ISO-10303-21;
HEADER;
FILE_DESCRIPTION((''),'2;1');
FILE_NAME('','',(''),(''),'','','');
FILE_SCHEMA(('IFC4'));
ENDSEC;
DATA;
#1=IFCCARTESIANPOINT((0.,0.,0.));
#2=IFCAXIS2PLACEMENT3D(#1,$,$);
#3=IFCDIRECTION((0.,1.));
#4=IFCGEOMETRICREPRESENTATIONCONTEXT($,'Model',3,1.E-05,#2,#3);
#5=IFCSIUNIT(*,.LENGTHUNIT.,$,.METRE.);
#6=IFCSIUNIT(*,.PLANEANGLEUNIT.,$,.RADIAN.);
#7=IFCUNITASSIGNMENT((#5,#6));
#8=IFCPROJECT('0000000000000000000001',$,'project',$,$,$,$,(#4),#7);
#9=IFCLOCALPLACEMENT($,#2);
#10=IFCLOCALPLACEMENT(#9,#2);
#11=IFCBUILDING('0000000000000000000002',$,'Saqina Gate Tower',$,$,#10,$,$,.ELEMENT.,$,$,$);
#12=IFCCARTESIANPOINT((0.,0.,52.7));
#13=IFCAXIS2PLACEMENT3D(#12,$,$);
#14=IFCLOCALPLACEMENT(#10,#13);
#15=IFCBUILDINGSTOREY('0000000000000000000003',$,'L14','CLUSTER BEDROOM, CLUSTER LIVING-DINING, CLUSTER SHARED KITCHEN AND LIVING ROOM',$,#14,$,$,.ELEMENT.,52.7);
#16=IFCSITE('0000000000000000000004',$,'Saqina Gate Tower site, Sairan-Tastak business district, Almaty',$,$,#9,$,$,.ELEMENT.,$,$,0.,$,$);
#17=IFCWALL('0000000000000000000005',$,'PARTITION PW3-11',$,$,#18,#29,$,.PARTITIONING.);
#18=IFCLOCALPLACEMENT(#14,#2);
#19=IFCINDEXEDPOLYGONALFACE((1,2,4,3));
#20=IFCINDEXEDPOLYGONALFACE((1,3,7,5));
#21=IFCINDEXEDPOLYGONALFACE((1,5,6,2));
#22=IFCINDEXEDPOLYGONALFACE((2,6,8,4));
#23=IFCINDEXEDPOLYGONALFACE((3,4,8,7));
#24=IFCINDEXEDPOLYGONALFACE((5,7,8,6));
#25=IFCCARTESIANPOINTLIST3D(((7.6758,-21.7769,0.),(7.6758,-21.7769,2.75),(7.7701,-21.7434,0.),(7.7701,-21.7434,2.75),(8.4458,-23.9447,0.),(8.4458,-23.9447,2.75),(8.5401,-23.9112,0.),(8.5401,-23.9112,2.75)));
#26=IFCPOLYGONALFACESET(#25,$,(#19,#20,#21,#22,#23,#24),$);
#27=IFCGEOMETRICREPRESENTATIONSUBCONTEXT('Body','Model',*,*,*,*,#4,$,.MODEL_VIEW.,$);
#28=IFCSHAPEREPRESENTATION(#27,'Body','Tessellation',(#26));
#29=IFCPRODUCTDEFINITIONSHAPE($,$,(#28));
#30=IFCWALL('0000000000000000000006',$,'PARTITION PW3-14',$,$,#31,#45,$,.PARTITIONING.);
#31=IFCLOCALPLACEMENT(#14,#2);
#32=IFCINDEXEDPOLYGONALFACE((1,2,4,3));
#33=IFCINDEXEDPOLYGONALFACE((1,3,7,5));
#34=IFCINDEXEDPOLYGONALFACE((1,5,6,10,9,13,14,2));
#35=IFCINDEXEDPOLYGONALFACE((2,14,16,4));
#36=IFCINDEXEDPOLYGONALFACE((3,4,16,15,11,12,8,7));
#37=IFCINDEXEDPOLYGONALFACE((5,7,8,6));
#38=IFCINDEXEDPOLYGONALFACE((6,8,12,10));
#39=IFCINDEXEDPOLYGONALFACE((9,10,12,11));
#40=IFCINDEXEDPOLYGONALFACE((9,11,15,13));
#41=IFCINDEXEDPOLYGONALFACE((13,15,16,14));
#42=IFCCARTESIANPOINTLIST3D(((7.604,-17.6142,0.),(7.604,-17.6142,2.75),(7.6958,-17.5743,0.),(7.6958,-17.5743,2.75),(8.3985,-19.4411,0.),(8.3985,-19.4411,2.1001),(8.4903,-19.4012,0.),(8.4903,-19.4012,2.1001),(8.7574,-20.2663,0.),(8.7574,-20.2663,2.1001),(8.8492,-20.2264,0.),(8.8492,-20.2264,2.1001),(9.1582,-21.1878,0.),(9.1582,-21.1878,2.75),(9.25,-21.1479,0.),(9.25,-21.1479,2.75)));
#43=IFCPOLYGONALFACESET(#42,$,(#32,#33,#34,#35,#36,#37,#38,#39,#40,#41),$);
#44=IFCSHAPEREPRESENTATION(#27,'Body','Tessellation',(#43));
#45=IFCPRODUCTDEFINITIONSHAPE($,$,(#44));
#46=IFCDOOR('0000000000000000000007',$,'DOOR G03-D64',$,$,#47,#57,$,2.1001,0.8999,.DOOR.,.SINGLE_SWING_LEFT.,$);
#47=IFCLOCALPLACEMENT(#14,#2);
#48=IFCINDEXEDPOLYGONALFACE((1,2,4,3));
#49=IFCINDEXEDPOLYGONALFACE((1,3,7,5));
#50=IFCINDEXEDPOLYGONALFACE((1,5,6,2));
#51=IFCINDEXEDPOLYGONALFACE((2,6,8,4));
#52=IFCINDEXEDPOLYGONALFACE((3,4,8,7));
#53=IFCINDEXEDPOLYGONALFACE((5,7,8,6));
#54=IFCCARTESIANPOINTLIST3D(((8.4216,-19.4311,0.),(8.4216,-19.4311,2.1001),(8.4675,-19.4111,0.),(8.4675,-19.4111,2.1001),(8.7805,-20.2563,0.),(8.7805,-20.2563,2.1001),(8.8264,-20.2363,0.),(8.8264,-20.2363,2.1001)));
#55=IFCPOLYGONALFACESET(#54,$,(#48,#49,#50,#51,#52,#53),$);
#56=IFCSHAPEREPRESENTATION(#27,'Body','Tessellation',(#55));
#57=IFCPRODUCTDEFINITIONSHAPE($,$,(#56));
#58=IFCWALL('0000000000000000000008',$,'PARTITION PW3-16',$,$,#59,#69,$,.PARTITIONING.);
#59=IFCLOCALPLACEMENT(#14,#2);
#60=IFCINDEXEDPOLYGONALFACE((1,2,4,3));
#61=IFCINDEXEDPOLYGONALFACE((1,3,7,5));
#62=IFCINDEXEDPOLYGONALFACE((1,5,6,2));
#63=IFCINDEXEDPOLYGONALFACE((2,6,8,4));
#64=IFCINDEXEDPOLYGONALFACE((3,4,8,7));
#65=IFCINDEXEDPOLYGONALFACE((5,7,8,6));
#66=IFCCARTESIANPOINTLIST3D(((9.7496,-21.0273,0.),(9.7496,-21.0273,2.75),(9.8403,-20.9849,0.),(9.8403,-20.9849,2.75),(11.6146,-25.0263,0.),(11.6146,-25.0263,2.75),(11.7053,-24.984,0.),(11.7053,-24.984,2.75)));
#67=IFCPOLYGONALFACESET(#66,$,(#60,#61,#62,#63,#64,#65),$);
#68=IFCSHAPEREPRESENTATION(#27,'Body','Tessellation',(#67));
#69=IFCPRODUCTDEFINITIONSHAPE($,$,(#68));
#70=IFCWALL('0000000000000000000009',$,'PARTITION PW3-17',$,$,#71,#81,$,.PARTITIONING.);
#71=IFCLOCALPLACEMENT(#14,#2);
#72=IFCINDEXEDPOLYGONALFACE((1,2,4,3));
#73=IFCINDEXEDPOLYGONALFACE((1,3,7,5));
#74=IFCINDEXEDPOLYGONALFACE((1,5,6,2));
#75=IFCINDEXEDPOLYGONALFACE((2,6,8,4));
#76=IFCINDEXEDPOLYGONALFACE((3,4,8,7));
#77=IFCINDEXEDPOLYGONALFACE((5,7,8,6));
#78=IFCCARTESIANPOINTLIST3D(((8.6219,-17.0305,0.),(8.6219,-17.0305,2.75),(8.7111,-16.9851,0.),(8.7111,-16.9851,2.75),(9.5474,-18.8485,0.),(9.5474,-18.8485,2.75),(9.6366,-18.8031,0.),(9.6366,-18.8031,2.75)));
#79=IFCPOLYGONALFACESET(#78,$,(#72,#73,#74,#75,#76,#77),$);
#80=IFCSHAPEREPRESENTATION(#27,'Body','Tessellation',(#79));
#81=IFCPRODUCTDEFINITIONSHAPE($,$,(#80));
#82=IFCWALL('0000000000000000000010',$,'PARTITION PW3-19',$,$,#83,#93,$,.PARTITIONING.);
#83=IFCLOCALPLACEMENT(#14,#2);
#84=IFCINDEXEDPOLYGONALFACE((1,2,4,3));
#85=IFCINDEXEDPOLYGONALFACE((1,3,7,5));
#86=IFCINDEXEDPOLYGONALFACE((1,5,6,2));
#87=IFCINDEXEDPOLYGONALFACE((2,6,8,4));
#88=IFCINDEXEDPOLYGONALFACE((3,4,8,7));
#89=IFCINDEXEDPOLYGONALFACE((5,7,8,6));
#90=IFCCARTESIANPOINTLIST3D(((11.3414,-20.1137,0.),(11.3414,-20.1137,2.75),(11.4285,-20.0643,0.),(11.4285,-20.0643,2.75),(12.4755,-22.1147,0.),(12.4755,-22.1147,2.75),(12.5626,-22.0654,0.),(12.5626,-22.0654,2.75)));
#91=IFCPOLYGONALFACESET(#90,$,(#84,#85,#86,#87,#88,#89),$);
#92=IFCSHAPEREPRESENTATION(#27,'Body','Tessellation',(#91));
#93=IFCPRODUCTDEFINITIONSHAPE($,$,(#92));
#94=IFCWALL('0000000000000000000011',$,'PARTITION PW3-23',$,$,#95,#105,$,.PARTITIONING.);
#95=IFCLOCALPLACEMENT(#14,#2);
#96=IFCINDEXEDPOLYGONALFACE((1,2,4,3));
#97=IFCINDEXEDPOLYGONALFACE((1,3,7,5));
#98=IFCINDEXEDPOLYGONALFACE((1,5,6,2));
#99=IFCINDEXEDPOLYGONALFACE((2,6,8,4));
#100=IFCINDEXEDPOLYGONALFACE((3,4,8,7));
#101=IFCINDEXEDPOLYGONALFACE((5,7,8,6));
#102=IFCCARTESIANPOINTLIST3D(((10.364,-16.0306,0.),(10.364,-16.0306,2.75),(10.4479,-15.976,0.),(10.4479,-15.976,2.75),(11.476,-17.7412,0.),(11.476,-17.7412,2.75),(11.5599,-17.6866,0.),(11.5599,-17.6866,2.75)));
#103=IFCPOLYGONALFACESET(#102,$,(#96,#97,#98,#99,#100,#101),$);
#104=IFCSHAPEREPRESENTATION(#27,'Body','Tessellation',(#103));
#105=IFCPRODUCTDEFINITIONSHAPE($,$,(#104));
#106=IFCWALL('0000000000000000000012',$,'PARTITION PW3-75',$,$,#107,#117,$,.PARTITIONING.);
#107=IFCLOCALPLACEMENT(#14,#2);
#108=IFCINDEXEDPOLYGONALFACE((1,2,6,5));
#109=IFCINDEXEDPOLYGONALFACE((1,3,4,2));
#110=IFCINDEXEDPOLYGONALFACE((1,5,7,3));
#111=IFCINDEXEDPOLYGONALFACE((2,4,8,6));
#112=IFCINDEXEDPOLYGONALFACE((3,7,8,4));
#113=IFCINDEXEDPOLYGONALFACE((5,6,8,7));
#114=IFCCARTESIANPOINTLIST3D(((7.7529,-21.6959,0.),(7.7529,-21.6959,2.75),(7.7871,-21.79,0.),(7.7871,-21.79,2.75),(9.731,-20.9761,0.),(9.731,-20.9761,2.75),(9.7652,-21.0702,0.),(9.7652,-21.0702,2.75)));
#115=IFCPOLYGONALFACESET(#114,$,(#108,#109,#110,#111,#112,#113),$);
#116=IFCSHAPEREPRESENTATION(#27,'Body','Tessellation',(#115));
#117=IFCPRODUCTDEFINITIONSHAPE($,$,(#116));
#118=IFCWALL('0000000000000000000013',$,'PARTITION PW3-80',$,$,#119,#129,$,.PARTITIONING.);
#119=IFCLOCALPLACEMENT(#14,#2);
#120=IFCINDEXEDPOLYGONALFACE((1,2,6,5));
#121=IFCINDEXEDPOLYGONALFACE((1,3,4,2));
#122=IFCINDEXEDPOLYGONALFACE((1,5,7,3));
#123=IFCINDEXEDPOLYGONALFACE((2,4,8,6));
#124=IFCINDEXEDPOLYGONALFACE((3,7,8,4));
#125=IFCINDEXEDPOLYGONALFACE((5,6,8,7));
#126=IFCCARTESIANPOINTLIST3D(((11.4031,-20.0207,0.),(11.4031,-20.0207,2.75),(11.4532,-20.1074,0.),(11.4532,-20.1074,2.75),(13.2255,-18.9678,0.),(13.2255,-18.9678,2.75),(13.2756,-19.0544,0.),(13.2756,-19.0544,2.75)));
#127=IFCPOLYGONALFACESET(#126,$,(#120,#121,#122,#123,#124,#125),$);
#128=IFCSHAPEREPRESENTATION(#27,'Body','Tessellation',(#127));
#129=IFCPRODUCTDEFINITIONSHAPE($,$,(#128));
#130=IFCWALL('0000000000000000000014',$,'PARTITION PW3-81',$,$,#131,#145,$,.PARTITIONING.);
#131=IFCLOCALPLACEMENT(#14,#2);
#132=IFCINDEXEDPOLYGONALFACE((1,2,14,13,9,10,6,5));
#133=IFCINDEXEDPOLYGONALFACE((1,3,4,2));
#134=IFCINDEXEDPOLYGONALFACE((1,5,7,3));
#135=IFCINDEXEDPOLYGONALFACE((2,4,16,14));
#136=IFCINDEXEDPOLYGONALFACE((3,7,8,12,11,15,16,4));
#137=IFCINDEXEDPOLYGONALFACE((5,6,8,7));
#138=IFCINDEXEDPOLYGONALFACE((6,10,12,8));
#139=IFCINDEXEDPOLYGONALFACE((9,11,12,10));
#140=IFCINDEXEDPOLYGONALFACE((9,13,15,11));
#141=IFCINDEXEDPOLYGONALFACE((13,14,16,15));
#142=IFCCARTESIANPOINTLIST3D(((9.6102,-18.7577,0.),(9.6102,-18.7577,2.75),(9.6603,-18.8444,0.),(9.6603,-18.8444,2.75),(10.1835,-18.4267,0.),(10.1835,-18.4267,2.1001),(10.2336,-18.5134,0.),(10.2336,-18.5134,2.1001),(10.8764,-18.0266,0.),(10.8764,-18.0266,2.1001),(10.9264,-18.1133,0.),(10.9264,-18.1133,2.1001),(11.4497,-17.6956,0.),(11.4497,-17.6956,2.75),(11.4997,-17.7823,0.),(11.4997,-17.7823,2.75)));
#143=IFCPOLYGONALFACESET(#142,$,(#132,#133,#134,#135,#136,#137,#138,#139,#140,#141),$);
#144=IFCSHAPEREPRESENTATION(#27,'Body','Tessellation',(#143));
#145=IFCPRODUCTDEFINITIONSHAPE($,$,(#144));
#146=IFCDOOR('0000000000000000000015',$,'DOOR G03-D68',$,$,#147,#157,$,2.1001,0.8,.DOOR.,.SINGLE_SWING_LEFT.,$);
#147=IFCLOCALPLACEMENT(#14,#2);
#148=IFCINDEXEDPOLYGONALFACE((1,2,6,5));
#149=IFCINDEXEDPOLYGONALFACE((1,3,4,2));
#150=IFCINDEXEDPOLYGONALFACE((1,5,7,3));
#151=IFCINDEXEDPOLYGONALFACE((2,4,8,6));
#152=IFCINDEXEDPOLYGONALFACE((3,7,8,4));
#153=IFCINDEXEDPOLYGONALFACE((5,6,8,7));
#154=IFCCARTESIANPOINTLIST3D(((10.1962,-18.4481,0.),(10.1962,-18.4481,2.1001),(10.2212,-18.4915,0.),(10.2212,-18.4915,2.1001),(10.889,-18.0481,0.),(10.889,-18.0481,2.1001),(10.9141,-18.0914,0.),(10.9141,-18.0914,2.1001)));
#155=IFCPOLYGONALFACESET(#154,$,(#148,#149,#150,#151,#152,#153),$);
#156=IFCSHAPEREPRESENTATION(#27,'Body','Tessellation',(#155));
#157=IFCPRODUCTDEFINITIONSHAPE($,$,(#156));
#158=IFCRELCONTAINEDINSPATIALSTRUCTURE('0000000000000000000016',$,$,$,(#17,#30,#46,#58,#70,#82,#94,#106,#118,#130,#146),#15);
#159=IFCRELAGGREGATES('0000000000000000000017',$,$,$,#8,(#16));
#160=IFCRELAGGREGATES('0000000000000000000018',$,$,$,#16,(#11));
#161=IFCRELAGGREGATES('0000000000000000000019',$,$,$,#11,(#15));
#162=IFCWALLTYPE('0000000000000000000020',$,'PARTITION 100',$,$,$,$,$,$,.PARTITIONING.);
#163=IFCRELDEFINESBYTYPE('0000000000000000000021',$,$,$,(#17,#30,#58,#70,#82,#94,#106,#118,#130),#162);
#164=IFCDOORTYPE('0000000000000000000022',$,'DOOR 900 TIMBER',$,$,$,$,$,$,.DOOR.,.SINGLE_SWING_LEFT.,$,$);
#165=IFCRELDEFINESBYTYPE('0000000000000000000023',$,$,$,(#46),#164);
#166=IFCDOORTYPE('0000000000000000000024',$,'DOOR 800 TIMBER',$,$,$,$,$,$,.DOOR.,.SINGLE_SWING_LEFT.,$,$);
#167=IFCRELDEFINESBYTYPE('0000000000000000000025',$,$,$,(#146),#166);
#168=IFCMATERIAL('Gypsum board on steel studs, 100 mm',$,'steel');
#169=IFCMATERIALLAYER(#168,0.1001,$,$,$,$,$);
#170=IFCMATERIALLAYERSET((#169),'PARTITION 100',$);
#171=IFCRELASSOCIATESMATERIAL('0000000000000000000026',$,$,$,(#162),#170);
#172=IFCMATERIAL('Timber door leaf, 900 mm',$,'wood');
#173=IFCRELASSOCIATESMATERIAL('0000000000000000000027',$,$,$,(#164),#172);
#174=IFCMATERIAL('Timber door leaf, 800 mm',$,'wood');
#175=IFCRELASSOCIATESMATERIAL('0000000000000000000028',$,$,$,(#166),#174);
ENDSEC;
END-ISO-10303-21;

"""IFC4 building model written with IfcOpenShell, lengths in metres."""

from ifc_helpers import new_model, si_unit, direction, frame, frame_2d, origin, place, context, subcontext, project, spatial, rectangle, extrude, material, layer, layer_set, type_object, element, fill, save


model = new_model("IFC4")

# Units and contexts
model_context = context("Model", 3, precision=1e-05, world=origin(), true_north=direction((0.0, 1.0)))
body_context = subcontext(model_context, "Body", "Model", "MODEL_VIEW")
ifc_project = project(units=[si_unit("LENGTHUNIT", "METRE"), si_unit("PLANEANGLEUNIT", "RADIAN")], contexts=[model_context])

# Site, building, storey
site_placement = place(None, origin())
site = spatial("IfcSite", under=ifc_project, at=site_placement, Name="Saqina Gate Tower site, Sairan-Tastak business district, Almaty", CompositionType="ELEMENT", RefElevation=0.0)
building_placement = place(site_placement, origin())
building = spatial("IfcBuilding", under=site, at=building_placement, Name="Saqina Gate Tower", CompositionType="ELEMENT")
storey_placement = place(building_placement, frame((0.0, 0.0, 52.7)))
storey = spatial("IfcBuildingStorey", under=building, at=storey_placement, Name="L14", Description="CLUSTER BEDROOM, CLUSTER LIVING-DINING, CLUSTER SHARED KITCHEN AND LIVING ROOM", CompositionType="ELEMENT", Elevation=52.7)

# Wall
ifc_material_1 = material(Name="Gypsum board on steel studs, 100 mm", Category="steel")
ifc_layer_1 = layer(ifc_material_1, 0.1001)
ifc_layer_set_1 = layer_set([ifc_layer_1], Name="PARTITION 100")
wall_type_1 = type_object("IfcWallType", Name="PARTITION 100", PredefinedType="PARTITIONING", material=ifc_layer_set_1)
wall_1_placement = place(storey_placement, frame((7.7229, -21.76, 0.0), z_axis=(0.0, 0.0, 1.0), x_axis=(0.334696, -0.942326, 0.0)))
element("IfcWall", 1, at=wall_1_placement, inside=storey, type_object=wall_type_1, Name="PARTITION PW3-11", PredefinedType="PARTITIONING", context=body_context, shape_type="SweptSolid", body=[
    extrude(rectangle(XDim=2.3005, YDim=0.1001, at=frame_2d((1.1504, 0.0))), origin(), (0.0, 0.0, 1.0), 2.75),
])

# Wall, opening, door
wall_2_placement = place(storey_placement, frame((7.6499, -17.5942, 0.0), z_axis=(0.0, 0.0, 1.0), x_axis=(0.398813, -0.917032, 0.0)))
wall_2 = element("IfcWall", 2, at=wall_2_placement, inside=storey, type_object=wall_type_1, Name="PARTITION PW3-14", PredefinedType="PARTITIONING", context=body_context, shape_type="SweptSolid", body=[
    extrude(rectangle(XDim=3.897, YDim=0.1001, at=frame_2d((1.9485, 0.0))), origin(), (0.0, 0.0, 1.0), 2.75),
])
opening_1_placement = place(wall_2_placement, frame((1.9922, 0.0, 0.0)))
opening_1 = element("IfcOpeningElement", 3, at=opening_1_placement, cuts=wall_2, PredefinedType="OPENING", context=body_context, shape_type="SweptSolid", body=[
    extrude(rectangle(XDim=0.8999, YDim=2.1001, at=frame_2d((0.45, 1.05))), frame((0.0, 0.062, 0.0), z_axis=(0.0, -1.0, 0.0), x_axis=(1.0, 0.0, 0.0)), (0.0, 0.0, 1.0), 0.124),
])
ifc_material_2 = material(Name="Timber door leaf, 900 mm", Category="wood")
door_type_1 = type_object("IfcDoorType", Name="DOOR 900 TIMBER", OperationType="SINGLE_SWING_LEFT", PredefinedType="DOOR", material=ifc_material_2)
door_1_placement = place(opening_1_placement, frame((0.8999, 0.0, 0.0), z_axis=(0.0, 0.0, 1.0), x_axis=(-1.0, 0.0, 0.0)))
door_1 = element("IfcDoor", 4, at=door_1_placement, inside=storey, type_object=door_type_1, Name="DOOR G03-D64", OperationType="SINGLE_SWING_LEFT", OverallHeight=2.1001, OverallWidth=0.8999, PredefinedType="DOOR", context=body_context, shape_type="SweptSolid", body=[
    extrude(rectangle(XDim=0.8999, YDim=2.1001, at=frame_2d((0.45, 1.05))), frame((0.0, 0.0249, 0.0), z_axis=(0.0, -1.0, 0.0), x_axis=(1.0, 0.0, 0.0)), (0.0, 0.0, 1.0), 0.05),
])
fill(opening_1, door_1)

# Walls
wall_3_placement = place(storey_placement, frame((9.7949, -21.0061, 0.0), z_axis=(0.0, 0.0, 1.0), x_axis=(0.422658, -0.906289, 0.0)))
element("IfcWall", 5, at=wall_3_placement, inside=storey, type_object=wall_type_1, Name="PARTITION PW3-16", PredefinedType="PARTITIONING", context=body_context, shape_type="SweptSolid", body=[
    extrude(rectangle(XDim=4.4126, YDim=0.1001, at=frame_2d((2.2063, 0.0))), origin(), (0.0, 0.0, 1.0), 2.75),
])
wall_4_placement = place(storey_placement, frame((8.6665, -17.0078, 0.0), z_axis=(0.0, 0.0, 1.0), x_axis=(0.453664, -0.891173, 0.0)))
element("IfcWall", 6, at=wall_4_placement, inside=storey, type_object=wall_type_1, Name="PARTITION PW3-17", PredefinedType="PARTITIONING", context=body_context, shape_type="SweptSolid", body=[
    extrude(rectangle(XDim=2.04, YDim=0.1001, at=frame_2d((1.02, 0.0))), origin(), (0.0, 0.0, 1.0), 2.75),
])
wall_5_placement = place(storey_placement, frame((11.385, -20.0891, 0.0), z_axis=(0.0, 0.0, 1.0), x_axis=(0.493061, -0.869995, 0.0)))
element("IfcWall", 7, at=wall_5_placement, inside=storey, type_object=wall_type_1, Name="PARTITION PW3-19", PredefinedType="PARTITIONING", context=body_context, shape_type="SweptSolid", body=[
    extrude(rectangle(XDim=2.3, YDim=0.1001, at=frame_2d((1.1499, 0.0))), origin(), (0.0, 0.0, 1.0), 2.75),
])
wall_6_placement = place(storey_placement, frame((10.406, -16.0034, 0.0), z_axis=(0.0, 0.0, 1.0), x_axis=(0.545026, -0.838419, 0.0)))
element("IfcWall", 8, at=wall_6_placement, inside=storey, type_object=wall_type_1, Name="PARTITION PW3-23", PredefinedType="PARTITIONING", context=body_context, shape_type="SweptSolid", body=[
    extrude(rectangle(XDim=2.0403, YDim=0.1001, at=frame_2d((1.02, 0.0))), origin(), (0.0, 0.0, 1.0), 2.75),
])
wall_7_placement = place(storey_placement, frame((7.77, -21.7429, 0.0), z_axis=(0.0, 0.0, 1.0), x_axis=(0.939726, 0.341929, 0.0)))
element("IfcWall", 9, at=wall_7_placement, inside=storey, type_object=wall_type_1, Name="PARTITION PW3-75", PredefinedType="PARTITIONING", context=body_context, shape_type="SweptSolid", body=[
    extrude(rectangle(XDim=2.105, YDim=0.1001, at=frame_2d((1.0525, 0.0))), origin(), (0.0, 0.0, 1.0), 2.75),
])
wall_8_placement = place(storey_placement, frame((11.4282, -20.064, 0.0), z_axis=(0.0, 0.0, 1.0), x_axis=(0.865871, 0.500268, 0.0)))
element("IfcWall", 10, at=wall_8_placement, inside=storey, type_object=wall_type_1, Name="PARTITION PW3-80", PredefinedType="PARTITIONING", context=body_context, shape_type="SweptSolid", body=[
    extrude(rectangle(XDim=2.1047, YDim=0.1001, at=frame_2d((1.0522, 0.0))), origin(), (0.0, 0.0, 1.0), 2.75),
])

# Wall, opening, door
wall_9_placement = place(storey_placement, frame((9.6353, -18.801, 0.0), z_axis=(0.0, 0.0, 1.0), x_axis=(0.866013, 0.500021, 0.0)))
wall_9 = element("IfcWall", 11, at=wall_9_placement, inside=storey, type_object=wall_type_1, Name="PARTITION PW3-81", PredefinedType="PARTITIONING", context=body_context, shape_type="SweptSolid", body=[
    extrude(rectangle(XDim=2.124, YDim=0.1001, at=frame_2d((1.062, 0.0))), origin(), (0.0, 0.0, 1.0), 2.75),
])
opening_2_placement = place(wall_9_placement, frame((0.6621, 0.0, 0.0)))
opening_2 = element("IfcOpeningElement", 12, at=opening_2_placement, cuts=wall_9, PredefinedType="OPENING", context=body_context, shape_type="SweptSolid", body=[
    extrude(rectangle(XDim=0.8, YDim=2.1001, at=frame_2d((0.3999, 1.05))), frame((0.0, 0.062, 0.0), z_axis=(0.0, -1.0, 0.0), x_axis=(1.0, 0.0, 0.0)), (0.0, 0.0, 1.0), 0.124),
])
ifc_material_3 = material(Name="Timber door leaf, 800 mm", Category="wood")
door_type_2 = type_object("IfcDoorType", Name="DOOR 800 TIMBER", OperationType="SINGLE_SWING_LEFT", PredefinedType="DOOR", material=ifc_material_3)
door_2_placement = place(opening_2_placement, frame((0.8, 0.0, 0.0), z_axis=(0.0, 0.0, 1.0), x_axis=(-1.0, 0.0, 0.0)))
door_2 = element("IfcDoor", 13, at=door_2_placement, inside=storey, type_object=door_type_2, Name="DOOR G03-D68", OperationType="SINGLE_SWING_LEFT", OverallHeight=2.1001, OverallWidth=0.8, PredefinedType="DOOR", context=body_context, shape_type="SweptSolid", body=[
    extrude(rectangle(XDim=0.8, YDim=2.1001, at=frame_2d((0.3999, 1.05))), frame((0.0, 0.0249, 0.0), z_axis=(0.0, -1.0, 0.0), x_axis=(1.0, 0.0, 0.0)), (0.0, 0.0, 1.0), 0.05),
])
fill(opening_2, door_2)

save(model, "model.ifc")
